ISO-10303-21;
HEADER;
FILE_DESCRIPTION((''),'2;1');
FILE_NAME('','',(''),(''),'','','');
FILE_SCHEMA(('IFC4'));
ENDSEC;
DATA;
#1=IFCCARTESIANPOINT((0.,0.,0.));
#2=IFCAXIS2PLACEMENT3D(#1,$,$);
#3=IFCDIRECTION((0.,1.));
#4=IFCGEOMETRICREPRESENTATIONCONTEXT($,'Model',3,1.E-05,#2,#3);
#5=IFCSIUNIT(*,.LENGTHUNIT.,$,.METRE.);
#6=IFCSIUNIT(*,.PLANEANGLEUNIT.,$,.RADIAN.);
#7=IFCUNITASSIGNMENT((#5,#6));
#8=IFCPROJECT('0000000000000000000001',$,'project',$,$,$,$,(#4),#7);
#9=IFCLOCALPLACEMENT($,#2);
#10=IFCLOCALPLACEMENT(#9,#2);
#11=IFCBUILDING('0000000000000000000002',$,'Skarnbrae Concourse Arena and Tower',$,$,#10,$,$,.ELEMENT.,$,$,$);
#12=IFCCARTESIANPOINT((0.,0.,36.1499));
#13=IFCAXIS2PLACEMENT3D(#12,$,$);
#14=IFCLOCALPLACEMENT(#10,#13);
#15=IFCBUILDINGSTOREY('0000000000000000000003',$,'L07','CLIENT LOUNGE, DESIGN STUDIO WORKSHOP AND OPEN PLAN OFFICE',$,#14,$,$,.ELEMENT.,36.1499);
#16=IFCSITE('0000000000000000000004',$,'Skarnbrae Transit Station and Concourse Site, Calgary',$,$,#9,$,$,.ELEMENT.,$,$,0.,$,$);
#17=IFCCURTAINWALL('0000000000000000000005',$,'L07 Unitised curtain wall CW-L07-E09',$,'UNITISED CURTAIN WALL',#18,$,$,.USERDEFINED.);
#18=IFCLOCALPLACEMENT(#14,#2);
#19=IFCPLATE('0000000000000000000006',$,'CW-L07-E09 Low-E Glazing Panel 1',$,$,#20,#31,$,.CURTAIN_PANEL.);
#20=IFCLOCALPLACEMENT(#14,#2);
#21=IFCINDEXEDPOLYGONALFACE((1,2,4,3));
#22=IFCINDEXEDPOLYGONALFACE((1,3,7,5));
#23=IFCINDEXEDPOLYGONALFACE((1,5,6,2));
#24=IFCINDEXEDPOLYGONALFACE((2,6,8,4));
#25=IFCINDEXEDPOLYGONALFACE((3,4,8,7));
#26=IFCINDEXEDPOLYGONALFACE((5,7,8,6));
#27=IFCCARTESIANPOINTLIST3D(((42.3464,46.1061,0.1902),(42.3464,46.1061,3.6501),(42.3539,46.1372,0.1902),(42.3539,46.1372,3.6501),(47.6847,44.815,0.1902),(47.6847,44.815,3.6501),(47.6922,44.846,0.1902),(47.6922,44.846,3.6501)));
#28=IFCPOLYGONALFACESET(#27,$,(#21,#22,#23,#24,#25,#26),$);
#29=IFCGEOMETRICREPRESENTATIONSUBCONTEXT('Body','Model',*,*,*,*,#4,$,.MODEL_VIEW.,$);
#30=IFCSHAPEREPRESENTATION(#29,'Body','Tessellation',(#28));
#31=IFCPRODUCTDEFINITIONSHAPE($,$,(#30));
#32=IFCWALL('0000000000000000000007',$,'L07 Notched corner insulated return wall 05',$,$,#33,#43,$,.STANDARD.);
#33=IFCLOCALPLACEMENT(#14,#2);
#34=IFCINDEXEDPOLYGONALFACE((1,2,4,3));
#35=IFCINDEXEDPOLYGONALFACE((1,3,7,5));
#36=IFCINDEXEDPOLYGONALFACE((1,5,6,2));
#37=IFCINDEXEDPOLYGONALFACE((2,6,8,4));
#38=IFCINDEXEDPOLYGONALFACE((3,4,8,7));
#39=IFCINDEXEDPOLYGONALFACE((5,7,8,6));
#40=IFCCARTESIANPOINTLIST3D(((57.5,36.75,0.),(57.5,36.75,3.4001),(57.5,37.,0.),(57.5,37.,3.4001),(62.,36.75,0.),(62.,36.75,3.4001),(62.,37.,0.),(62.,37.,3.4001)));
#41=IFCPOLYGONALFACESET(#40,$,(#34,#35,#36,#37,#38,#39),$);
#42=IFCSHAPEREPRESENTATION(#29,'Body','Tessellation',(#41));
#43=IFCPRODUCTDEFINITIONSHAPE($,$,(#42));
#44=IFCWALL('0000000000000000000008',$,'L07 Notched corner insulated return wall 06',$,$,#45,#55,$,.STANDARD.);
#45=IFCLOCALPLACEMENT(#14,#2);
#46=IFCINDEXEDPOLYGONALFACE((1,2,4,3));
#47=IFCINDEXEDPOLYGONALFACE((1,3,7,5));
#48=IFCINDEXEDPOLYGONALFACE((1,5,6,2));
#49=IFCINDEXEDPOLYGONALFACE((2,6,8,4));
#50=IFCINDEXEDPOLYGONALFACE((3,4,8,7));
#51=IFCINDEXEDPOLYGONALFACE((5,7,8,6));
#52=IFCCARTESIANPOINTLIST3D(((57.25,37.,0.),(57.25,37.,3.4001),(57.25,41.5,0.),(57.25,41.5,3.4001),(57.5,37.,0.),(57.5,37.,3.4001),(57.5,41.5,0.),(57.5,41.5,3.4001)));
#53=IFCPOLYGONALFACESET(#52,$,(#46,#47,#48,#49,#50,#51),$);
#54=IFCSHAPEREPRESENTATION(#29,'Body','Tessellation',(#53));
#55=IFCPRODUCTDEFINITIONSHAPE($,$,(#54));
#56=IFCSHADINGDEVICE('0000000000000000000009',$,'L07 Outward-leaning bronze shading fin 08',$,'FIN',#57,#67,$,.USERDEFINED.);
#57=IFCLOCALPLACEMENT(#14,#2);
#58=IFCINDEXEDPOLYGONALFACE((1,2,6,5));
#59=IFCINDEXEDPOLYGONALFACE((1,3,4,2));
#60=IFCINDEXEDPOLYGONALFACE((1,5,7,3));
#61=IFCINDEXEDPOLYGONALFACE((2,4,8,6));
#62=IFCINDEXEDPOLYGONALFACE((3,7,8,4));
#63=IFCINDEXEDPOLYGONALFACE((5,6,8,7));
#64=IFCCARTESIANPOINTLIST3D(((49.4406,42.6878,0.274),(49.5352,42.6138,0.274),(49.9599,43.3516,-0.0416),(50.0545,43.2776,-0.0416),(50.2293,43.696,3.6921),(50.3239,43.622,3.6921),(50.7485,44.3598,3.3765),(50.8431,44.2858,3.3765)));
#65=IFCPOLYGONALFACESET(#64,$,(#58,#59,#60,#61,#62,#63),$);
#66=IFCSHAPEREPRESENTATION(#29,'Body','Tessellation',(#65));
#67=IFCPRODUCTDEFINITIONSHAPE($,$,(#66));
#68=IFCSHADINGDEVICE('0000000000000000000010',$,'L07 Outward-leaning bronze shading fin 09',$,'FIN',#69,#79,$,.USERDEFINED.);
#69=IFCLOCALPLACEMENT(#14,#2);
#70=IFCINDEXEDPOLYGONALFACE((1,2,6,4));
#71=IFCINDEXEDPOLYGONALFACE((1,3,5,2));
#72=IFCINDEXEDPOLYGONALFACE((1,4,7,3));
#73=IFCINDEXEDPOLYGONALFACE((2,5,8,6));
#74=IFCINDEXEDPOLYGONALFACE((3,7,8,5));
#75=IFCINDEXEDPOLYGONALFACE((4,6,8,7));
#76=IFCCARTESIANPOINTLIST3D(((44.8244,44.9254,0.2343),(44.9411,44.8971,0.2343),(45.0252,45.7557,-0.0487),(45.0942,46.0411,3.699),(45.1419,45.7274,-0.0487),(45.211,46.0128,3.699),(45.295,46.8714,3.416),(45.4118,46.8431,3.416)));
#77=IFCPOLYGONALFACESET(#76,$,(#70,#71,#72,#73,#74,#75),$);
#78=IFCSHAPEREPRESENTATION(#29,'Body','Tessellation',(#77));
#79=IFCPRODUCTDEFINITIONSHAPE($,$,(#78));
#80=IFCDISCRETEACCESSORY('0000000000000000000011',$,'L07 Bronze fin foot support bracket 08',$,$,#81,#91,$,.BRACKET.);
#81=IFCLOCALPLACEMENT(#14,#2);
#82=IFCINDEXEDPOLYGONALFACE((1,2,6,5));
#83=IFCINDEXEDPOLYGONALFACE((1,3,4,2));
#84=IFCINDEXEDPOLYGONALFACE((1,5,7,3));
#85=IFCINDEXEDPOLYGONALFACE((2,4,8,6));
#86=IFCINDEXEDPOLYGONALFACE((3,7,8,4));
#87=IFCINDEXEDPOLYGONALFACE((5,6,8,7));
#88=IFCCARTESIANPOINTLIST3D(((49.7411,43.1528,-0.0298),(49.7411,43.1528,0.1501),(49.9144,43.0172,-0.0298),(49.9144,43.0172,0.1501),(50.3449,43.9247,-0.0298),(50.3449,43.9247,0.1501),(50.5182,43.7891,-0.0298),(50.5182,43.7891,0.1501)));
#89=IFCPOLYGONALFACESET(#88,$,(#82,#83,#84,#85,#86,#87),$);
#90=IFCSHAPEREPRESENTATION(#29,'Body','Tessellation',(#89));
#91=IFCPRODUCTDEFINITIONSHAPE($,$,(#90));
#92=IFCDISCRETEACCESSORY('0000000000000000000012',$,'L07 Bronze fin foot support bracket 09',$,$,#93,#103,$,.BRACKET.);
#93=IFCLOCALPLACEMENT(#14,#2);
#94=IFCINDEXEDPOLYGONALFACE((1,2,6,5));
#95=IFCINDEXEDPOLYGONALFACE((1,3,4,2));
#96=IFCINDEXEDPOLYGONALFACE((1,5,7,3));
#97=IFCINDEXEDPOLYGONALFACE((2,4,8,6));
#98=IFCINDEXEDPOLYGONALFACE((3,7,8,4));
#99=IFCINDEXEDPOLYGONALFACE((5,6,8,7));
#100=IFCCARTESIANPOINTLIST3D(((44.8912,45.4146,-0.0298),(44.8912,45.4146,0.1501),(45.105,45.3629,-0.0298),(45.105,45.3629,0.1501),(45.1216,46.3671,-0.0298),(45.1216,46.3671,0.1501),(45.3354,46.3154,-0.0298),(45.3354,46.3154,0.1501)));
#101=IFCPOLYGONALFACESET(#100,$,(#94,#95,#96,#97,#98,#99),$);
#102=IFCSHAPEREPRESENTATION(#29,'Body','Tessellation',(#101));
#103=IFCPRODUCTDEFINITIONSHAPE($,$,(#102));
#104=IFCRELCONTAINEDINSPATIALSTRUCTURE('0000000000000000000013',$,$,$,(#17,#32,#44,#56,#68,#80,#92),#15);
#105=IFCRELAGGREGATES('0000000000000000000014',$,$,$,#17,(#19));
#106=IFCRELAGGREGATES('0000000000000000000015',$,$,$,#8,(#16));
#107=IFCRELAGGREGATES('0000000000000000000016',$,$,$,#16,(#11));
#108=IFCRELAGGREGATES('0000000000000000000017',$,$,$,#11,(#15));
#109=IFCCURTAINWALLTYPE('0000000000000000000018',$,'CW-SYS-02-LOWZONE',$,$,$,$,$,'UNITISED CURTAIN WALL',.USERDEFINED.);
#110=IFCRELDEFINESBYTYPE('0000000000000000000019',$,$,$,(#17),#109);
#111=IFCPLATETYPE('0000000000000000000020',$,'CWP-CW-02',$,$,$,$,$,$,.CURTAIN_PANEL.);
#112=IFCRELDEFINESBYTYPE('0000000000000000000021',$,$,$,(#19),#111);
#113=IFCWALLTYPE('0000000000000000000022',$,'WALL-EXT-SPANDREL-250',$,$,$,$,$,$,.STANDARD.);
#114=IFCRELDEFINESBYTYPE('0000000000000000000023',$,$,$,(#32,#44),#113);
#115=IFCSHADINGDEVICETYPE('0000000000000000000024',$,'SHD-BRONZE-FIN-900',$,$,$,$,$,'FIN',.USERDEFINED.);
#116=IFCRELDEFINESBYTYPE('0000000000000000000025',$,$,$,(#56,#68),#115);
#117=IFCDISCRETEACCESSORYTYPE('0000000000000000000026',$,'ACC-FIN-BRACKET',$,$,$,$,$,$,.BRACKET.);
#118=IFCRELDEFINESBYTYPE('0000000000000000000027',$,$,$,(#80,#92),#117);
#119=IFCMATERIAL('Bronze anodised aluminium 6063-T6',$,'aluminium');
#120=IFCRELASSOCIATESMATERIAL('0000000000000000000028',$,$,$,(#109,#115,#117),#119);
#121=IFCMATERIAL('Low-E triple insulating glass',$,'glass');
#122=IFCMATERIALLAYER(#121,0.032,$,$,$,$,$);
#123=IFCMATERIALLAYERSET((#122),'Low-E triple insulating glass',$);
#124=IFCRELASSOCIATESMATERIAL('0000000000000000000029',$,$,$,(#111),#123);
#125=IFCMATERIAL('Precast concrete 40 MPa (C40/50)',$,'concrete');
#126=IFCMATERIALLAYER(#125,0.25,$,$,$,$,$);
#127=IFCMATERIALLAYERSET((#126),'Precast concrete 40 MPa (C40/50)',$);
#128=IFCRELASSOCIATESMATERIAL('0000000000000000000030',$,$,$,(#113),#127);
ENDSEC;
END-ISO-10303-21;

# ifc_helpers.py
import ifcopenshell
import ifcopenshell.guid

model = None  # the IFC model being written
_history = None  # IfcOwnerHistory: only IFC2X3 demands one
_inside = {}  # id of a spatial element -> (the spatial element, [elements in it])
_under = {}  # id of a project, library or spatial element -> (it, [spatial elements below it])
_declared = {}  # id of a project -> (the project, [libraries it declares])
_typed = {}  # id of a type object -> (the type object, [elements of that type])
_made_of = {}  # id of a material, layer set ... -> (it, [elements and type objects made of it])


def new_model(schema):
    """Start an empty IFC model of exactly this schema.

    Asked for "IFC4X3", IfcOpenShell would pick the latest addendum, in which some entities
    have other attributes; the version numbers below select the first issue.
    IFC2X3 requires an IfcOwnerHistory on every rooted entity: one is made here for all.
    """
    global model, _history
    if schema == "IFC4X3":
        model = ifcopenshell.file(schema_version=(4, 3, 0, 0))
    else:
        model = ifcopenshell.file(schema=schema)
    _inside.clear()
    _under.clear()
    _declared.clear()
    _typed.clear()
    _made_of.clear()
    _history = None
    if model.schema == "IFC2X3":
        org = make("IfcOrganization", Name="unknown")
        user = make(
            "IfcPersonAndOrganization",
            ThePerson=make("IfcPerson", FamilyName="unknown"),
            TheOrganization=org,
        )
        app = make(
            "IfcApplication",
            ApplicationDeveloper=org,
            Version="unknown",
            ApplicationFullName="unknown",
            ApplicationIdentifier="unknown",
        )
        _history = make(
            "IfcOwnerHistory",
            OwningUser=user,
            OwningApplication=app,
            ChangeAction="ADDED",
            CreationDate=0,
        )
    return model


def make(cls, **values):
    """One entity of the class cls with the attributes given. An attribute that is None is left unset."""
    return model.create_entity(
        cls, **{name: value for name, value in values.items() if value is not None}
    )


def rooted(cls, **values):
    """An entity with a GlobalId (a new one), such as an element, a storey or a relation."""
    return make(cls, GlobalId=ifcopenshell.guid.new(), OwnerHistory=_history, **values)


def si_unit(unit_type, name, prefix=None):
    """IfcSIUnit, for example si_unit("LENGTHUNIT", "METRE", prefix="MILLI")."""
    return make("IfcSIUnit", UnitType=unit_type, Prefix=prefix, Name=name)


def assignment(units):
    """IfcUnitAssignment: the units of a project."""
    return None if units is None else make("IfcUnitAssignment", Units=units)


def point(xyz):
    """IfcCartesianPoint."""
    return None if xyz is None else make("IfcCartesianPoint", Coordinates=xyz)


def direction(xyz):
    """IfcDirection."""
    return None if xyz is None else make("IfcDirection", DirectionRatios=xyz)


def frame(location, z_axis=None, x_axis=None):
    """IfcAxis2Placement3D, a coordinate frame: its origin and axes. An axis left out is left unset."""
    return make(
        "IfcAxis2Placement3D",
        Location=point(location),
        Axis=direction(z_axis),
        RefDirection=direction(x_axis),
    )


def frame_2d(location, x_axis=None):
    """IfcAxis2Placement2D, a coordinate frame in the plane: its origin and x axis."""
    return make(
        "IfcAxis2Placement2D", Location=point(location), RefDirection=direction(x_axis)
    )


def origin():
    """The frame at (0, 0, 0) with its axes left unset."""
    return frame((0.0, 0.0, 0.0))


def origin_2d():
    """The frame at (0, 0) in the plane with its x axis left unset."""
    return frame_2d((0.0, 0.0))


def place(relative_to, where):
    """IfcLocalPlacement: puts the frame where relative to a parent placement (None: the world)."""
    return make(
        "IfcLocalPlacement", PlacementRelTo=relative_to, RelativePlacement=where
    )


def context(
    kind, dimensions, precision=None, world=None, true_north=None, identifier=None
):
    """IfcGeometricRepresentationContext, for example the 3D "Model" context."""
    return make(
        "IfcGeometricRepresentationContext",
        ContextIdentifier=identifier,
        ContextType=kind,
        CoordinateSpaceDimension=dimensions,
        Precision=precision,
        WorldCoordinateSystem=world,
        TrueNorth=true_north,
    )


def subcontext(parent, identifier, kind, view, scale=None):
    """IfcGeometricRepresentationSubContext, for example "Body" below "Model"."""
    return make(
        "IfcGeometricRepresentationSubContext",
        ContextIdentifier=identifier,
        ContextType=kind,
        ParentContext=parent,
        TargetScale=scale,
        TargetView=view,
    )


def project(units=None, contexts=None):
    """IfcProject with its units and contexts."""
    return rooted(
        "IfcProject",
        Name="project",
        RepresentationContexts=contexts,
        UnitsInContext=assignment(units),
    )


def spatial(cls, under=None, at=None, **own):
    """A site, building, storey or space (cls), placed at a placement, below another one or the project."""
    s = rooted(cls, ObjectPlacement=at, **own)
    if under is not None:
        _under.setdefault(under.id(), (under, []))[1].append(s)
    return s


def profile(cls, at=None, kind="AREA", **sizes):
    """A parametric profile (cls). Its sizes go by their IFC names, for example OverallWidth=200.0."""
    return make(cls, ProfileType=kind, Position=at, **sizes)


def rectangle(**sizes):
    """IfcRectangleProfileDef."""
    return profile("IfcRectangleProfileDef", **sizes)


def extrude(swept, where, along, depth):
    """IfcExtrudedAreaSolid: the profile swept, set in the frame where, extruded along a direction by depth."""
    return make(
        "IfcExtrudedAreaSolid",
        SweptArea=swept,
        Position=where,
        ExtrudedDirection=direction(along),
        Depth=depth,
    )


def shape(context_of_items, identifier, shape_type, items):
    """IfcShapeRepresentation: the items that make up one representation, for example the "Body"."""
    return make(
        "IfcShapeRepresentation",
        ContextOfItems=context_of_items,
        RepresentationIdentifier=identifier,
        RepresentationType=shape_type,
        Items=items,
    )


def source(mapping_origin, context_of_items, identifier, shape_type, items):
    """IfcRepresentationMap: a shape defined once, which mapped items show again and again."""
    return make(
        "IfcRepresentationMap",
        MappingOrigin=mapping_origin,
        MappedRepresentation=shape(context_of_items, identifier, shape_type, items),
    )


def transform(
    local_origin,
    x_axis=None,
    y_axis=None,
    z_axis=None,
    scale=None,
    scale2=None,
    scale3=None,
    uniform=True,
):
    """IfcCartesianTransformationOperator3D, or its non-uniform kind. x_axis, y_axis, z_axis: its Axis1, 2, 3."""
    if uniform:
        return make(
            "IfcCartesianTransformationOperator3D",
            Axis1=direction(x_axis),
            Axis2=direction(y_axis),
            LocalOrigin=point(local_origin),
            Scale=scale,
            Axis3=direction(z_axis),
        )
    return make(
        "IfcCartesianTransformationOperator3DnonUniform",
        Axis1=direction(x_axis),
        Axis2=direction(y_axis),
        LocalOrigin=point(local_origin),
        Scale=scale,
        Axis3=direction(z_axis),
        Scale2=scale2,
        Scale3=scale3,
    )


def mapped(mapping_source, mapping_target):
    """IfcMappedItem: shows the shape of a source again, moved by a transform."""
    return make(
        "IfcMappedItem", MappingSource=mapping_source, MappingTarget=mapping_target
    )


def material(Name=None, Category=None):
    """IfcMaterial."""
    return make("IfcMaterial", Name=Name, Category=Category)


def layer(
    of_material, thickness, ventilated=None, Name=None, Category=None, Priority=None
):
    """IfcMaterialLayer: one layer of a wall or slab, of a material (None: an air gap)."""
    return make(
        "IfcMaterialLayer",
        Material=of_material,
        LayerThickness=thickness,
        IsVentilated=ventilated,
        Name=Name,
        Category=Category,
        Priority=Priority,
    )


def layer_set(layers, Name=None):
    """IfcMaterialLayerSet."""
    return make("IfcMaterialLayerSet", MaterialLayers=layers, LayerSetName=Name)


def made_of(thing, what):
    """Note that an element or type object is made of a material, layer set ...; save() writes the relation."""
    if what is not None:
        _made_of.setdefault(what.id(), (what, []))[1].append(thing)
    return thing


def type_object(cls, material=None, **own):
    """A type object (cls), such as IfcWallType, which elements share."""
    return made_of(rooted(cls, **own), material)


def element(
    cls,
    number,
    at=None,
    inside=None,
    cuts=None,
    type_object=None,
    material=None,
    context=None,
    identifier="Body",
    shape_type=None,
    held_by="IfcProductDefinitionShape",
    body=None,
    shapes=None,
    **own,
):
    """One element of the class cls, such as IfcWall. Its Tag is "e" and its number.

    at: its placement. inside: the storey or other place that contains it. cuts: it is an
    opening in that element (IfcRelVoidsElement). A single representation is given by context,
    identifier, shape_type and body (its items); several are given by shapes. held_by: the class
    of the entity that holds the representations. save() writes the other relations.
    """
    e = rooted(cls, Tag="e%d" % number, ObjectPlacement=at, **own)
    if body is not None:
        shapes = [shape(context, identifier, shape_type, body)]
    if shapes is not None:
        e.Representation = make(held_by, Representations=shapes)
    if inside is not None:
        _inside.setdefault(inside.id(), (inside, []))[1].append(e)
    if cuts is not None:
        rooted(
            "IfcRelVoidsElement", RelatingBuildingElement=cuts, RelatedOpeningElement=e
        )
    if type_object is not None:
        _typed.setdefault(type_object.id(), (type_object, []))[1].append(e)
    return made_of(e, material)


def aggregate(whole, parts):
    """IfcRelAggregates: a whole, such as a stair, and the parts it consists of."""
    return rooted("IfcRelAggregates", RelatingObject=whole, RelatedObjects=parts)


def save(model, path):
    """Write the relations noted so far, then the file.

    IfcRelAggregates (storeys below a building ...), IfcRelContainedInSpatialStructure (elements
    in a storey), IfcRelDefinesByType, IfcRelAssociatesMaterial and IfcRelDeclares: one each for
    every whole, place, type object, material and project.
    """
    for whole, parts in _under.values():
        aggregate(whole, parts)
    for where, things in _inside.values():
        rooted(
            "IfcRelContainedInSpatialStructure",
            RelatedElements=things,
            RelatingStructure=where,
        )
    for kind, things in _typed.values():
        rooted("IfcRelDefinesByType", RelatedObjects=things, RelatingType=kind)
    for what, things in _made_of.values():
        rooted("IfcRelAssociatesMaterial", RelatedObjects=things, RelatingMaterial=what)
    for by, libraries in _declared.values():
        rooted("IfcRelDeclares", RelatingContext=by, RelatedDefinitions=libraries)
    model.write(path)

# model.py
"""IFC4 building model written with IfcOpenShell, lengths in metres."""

from ifc_helpers import new_model, si_unit, direction, frame, frame_2d, origin, origin_2d, place, context, subcontext, project, spatial, rectangle, extrude, source, transform, mapped, material, layer, layer_set, type_object, element, aggregate, save


model = new_model("IFC4")

# Units and contexts
model_context = context("Model", 3, precision=1e-05, world=origin(), true_north=direction((0.0, 1.0)))
body_context = subcontext(model_context, "Body", "Model", "MODEL_VIEW")
ifc_project = project(units=[si_unit("LENGTHUNIT", "METRE"), si_unit("PLANEANGLEUNIT", "RADIAN")], contexts=[model_context])

# Site, building, storey
site_placement = place(None, origin())
site = spatial("IfcSite", under=ifc_project, at=site_placement, Name="Skarnbrae Transit Station and Concourse Site, Calgary", CompositionType="ELEMENT", RefElevation=0.0)
building_placement = place(site_placement, origin())
building = spatial("IfcBuilding", under=site, at=building_placement, Name="Skarnbrae Concourse Arena and Tower", CompositionType="ELEMENT")
storey_placement = place(building_placement, frame((0.0, 0.0, 36.1499)))
storey = spatial("IfcBuildingStorey", under=building, at=storey_placement, Name="L07", Description="CLIENT LOUNGE, DESIGN STUDIO WORKSHOP AND OPEN PLAN OFFICE", CompositionType="ELEMENT", Elevation=36.1499)

# Curtain wall
ifc_material_1 = material(Name="Bronze anodised aluminium 6063-T6", Category="aluminium")
curtain_wall_type = type_object("IfcCurtainWallType", Name="CW-SYS-02-LOWZONE", ElementType="UNITISED CURTAIN WALL", PredefinedType="USERDEFINED", material=ifc_material_1)
curtain_wall_1_placement = place(storey_placement, origin())
curtain_wall_1 = element("IfcCurtainWall", 1, at=curtain_wall_1_placement, inside=storey, type_object=curtain_wall_type, Name="L07 Unitised curtain wall CW-L07-E09", ObjectType="UNITISED CURTAIN WALL", PredefinedType="USERDEFINED")

# Plate
ifc_material_2 = material(Name="Low-E triple insulating glass", Category="glass")
ifc_layer_1 = layer(ifc_material_2, 0.032)
ifc_layer_set_1 = layer_set([ifc_layer_1], Name="Low-E triple insulating glass")
plate_type = type_object("IfcPlateType", Name="CWP-CW-02", PredefinedType="CURTAIN_PANEL", material=ifc_layer_set_1)
shared_shape_1 = source(origin(), body_context, "Body", "SweptSolid", [
    extrude(rectangle(XDim=5.4922, YDim=0.032, at=origin_2d()), origin(), (0.0, 0.0, 1.0), 3.46),
])
plate_1_placement = place(storey_placement, frame((45.0193, 45.4761, 0.1902), z_axis=(0.0, 0.0, 1.0), x_axis=(-0.971974, 0.23509, 0.0)))
plate_1 = element("IfcPlate", 2, at=plate_1_placement, type_object=plate_type, Name="CW-L07-E09 Low-E Glazing Panel 1", PredefinedType="CURTAIN_PANEL", context=body_context, shape_type="MappedRepresentation", body=[
    mapped(shared_shape_1, transform((0.0, 0.0, 0.0))),
])
aggregate(curtain_wall_1, [plate_1])

# Walls
ifc_material_3 = material(Name="Precast concrete 40 MPa (C40/50)", Category="concrete")
ifc_layer_2 = layer(ifc_material_3, 0.25)
ifc_layer_set_2 = layer_set([ifc_layer_2], Name="Precast concrete 40 MPa (C40/50)")
wall_type = type_object("IfcWallType", Name="WALL-EXT-SPANDREL-250", PredefinedType="STANDARD", material=ifc_layer_set_2)
shared_shape_2 = source(origin(), body_context, "Body", "SweptSolid", [
    extrude(rectangle(XDim=4.5, YDim=0.25, at=frame_2d((2.25, 0.0))), origin(), (0.0, 0.0, 1.0), 3.4001),
])
for number, where, z_axis, x_axis, name in (
    (3, (62.0, 36.875, 0.0), (0.0, 0.0, 1.0), (-1.0, 0.0, 0.0), "L07 Notched corner insulated return wall 05"),
    (4, (57.375, 37.0, 0.0), (0.0, 0.0, 1.0), (0.0, 1.0, 0.0), "L07 Notched corner insulated return wall 06"),
):
    element("IfcWall", number, at=place(storey_placement, frame(where, z_axis=z_axis, x_axis=x_axis)), inside=storey, type_object=wall_type, Name=name, PredefinedType="STANDARD", context=body_context, shape_type="MappedRepresentation", body=[
        mapped(shared_shape_2, transform((0.0, 0.0, 0.0))),
    ])

# Shading devices
shading_device_type = type_object("IfcShadingDeviceType", Name="SHD-BRONZE-FIN-900", ElementType="FIN", PredefinedType="USERDEFINED", material=ifc_material_1)
shared_shape_3 = source(origin(), body_context, "Body", "SweptSolid", [
    extrude(rectangle(XDim=0.1201, YDim=0.8999, at=origin_2d()), origin(), (0.0, 0.0, 1.0), 3.6499),
])
for number, where, z_axis, x_axis, name in (
    (5, (49.7476, 42.9827, 0.1162), (0.21607, 0.276229, 0.936489), (0.787656, -0.616115, 0.0), "L07 Outward-leaning bronze shading fin 08"),
    (6, (44.9832, 45.3264, 0.0928), (0.073934, 0.305675, 0.949261), (0.971973, -0.235091, 0.0), "L07 Outward-leaning bronze shading fin 09"),
):
    element("IfcShadingDevice", number, at=place(storey_placement, frame(where, z_axis=z_axis, x_axis=x_axis)), inside=storey, type_object=shading_device_type, Name=name, ObjectType="FIN", PredefinedType="USERDEFINED", context=body_context, shape_type="MappedRepresentation", body=[
        mapped(shared_shape_3, transform((0.0, 0.0, 0.0))),
    ])

# Discrete accessories
discrete_accessory_type = type_object("IfcDiscreteAccessoryType", Name="ACC-FIN-BRACKET", PredefinedType="BRACKET", material=ifc_material_1)
shared_shape_4 = source(origin(), body_context, "Body", "SweptSolid", [
    extrude(rectangle(XDim=0.22, YDim=0.98, at=origin_2d()), origin(), (0.0, 0.0, 1.0), 0.1799),
])
for number, where, z_axis, x_axis, name in (
    (7, (50.1296, 43.4709, -0.0298), (0.0, 0.0, 1.0), (0.787656, -0.616115, 0.0), "L07 Bronze fin foot support bracket 08"),
    (8, (45.1133, 45.865, -0.0298), (0.0, 0.0, 1.0), (0.971973, -0.235091, 0.0), "L07 Bronze fin foot support bracket 09"),
):
    element("IfcDiscreteAccessory", number, at=place(storey_placement, frame(where, z_axis=z_axis, x_axis=x_axis)), inside=storey, type_object=discrete_accessory_type, Name=name, PredefinedType="BRACKET", context=body_context, shape_type="MappedRepresentation", body=[
        mapped(shared_shape_4, transform((0.0, 0.0, 0.0))),
    ])

save(model, "model.ifc")
